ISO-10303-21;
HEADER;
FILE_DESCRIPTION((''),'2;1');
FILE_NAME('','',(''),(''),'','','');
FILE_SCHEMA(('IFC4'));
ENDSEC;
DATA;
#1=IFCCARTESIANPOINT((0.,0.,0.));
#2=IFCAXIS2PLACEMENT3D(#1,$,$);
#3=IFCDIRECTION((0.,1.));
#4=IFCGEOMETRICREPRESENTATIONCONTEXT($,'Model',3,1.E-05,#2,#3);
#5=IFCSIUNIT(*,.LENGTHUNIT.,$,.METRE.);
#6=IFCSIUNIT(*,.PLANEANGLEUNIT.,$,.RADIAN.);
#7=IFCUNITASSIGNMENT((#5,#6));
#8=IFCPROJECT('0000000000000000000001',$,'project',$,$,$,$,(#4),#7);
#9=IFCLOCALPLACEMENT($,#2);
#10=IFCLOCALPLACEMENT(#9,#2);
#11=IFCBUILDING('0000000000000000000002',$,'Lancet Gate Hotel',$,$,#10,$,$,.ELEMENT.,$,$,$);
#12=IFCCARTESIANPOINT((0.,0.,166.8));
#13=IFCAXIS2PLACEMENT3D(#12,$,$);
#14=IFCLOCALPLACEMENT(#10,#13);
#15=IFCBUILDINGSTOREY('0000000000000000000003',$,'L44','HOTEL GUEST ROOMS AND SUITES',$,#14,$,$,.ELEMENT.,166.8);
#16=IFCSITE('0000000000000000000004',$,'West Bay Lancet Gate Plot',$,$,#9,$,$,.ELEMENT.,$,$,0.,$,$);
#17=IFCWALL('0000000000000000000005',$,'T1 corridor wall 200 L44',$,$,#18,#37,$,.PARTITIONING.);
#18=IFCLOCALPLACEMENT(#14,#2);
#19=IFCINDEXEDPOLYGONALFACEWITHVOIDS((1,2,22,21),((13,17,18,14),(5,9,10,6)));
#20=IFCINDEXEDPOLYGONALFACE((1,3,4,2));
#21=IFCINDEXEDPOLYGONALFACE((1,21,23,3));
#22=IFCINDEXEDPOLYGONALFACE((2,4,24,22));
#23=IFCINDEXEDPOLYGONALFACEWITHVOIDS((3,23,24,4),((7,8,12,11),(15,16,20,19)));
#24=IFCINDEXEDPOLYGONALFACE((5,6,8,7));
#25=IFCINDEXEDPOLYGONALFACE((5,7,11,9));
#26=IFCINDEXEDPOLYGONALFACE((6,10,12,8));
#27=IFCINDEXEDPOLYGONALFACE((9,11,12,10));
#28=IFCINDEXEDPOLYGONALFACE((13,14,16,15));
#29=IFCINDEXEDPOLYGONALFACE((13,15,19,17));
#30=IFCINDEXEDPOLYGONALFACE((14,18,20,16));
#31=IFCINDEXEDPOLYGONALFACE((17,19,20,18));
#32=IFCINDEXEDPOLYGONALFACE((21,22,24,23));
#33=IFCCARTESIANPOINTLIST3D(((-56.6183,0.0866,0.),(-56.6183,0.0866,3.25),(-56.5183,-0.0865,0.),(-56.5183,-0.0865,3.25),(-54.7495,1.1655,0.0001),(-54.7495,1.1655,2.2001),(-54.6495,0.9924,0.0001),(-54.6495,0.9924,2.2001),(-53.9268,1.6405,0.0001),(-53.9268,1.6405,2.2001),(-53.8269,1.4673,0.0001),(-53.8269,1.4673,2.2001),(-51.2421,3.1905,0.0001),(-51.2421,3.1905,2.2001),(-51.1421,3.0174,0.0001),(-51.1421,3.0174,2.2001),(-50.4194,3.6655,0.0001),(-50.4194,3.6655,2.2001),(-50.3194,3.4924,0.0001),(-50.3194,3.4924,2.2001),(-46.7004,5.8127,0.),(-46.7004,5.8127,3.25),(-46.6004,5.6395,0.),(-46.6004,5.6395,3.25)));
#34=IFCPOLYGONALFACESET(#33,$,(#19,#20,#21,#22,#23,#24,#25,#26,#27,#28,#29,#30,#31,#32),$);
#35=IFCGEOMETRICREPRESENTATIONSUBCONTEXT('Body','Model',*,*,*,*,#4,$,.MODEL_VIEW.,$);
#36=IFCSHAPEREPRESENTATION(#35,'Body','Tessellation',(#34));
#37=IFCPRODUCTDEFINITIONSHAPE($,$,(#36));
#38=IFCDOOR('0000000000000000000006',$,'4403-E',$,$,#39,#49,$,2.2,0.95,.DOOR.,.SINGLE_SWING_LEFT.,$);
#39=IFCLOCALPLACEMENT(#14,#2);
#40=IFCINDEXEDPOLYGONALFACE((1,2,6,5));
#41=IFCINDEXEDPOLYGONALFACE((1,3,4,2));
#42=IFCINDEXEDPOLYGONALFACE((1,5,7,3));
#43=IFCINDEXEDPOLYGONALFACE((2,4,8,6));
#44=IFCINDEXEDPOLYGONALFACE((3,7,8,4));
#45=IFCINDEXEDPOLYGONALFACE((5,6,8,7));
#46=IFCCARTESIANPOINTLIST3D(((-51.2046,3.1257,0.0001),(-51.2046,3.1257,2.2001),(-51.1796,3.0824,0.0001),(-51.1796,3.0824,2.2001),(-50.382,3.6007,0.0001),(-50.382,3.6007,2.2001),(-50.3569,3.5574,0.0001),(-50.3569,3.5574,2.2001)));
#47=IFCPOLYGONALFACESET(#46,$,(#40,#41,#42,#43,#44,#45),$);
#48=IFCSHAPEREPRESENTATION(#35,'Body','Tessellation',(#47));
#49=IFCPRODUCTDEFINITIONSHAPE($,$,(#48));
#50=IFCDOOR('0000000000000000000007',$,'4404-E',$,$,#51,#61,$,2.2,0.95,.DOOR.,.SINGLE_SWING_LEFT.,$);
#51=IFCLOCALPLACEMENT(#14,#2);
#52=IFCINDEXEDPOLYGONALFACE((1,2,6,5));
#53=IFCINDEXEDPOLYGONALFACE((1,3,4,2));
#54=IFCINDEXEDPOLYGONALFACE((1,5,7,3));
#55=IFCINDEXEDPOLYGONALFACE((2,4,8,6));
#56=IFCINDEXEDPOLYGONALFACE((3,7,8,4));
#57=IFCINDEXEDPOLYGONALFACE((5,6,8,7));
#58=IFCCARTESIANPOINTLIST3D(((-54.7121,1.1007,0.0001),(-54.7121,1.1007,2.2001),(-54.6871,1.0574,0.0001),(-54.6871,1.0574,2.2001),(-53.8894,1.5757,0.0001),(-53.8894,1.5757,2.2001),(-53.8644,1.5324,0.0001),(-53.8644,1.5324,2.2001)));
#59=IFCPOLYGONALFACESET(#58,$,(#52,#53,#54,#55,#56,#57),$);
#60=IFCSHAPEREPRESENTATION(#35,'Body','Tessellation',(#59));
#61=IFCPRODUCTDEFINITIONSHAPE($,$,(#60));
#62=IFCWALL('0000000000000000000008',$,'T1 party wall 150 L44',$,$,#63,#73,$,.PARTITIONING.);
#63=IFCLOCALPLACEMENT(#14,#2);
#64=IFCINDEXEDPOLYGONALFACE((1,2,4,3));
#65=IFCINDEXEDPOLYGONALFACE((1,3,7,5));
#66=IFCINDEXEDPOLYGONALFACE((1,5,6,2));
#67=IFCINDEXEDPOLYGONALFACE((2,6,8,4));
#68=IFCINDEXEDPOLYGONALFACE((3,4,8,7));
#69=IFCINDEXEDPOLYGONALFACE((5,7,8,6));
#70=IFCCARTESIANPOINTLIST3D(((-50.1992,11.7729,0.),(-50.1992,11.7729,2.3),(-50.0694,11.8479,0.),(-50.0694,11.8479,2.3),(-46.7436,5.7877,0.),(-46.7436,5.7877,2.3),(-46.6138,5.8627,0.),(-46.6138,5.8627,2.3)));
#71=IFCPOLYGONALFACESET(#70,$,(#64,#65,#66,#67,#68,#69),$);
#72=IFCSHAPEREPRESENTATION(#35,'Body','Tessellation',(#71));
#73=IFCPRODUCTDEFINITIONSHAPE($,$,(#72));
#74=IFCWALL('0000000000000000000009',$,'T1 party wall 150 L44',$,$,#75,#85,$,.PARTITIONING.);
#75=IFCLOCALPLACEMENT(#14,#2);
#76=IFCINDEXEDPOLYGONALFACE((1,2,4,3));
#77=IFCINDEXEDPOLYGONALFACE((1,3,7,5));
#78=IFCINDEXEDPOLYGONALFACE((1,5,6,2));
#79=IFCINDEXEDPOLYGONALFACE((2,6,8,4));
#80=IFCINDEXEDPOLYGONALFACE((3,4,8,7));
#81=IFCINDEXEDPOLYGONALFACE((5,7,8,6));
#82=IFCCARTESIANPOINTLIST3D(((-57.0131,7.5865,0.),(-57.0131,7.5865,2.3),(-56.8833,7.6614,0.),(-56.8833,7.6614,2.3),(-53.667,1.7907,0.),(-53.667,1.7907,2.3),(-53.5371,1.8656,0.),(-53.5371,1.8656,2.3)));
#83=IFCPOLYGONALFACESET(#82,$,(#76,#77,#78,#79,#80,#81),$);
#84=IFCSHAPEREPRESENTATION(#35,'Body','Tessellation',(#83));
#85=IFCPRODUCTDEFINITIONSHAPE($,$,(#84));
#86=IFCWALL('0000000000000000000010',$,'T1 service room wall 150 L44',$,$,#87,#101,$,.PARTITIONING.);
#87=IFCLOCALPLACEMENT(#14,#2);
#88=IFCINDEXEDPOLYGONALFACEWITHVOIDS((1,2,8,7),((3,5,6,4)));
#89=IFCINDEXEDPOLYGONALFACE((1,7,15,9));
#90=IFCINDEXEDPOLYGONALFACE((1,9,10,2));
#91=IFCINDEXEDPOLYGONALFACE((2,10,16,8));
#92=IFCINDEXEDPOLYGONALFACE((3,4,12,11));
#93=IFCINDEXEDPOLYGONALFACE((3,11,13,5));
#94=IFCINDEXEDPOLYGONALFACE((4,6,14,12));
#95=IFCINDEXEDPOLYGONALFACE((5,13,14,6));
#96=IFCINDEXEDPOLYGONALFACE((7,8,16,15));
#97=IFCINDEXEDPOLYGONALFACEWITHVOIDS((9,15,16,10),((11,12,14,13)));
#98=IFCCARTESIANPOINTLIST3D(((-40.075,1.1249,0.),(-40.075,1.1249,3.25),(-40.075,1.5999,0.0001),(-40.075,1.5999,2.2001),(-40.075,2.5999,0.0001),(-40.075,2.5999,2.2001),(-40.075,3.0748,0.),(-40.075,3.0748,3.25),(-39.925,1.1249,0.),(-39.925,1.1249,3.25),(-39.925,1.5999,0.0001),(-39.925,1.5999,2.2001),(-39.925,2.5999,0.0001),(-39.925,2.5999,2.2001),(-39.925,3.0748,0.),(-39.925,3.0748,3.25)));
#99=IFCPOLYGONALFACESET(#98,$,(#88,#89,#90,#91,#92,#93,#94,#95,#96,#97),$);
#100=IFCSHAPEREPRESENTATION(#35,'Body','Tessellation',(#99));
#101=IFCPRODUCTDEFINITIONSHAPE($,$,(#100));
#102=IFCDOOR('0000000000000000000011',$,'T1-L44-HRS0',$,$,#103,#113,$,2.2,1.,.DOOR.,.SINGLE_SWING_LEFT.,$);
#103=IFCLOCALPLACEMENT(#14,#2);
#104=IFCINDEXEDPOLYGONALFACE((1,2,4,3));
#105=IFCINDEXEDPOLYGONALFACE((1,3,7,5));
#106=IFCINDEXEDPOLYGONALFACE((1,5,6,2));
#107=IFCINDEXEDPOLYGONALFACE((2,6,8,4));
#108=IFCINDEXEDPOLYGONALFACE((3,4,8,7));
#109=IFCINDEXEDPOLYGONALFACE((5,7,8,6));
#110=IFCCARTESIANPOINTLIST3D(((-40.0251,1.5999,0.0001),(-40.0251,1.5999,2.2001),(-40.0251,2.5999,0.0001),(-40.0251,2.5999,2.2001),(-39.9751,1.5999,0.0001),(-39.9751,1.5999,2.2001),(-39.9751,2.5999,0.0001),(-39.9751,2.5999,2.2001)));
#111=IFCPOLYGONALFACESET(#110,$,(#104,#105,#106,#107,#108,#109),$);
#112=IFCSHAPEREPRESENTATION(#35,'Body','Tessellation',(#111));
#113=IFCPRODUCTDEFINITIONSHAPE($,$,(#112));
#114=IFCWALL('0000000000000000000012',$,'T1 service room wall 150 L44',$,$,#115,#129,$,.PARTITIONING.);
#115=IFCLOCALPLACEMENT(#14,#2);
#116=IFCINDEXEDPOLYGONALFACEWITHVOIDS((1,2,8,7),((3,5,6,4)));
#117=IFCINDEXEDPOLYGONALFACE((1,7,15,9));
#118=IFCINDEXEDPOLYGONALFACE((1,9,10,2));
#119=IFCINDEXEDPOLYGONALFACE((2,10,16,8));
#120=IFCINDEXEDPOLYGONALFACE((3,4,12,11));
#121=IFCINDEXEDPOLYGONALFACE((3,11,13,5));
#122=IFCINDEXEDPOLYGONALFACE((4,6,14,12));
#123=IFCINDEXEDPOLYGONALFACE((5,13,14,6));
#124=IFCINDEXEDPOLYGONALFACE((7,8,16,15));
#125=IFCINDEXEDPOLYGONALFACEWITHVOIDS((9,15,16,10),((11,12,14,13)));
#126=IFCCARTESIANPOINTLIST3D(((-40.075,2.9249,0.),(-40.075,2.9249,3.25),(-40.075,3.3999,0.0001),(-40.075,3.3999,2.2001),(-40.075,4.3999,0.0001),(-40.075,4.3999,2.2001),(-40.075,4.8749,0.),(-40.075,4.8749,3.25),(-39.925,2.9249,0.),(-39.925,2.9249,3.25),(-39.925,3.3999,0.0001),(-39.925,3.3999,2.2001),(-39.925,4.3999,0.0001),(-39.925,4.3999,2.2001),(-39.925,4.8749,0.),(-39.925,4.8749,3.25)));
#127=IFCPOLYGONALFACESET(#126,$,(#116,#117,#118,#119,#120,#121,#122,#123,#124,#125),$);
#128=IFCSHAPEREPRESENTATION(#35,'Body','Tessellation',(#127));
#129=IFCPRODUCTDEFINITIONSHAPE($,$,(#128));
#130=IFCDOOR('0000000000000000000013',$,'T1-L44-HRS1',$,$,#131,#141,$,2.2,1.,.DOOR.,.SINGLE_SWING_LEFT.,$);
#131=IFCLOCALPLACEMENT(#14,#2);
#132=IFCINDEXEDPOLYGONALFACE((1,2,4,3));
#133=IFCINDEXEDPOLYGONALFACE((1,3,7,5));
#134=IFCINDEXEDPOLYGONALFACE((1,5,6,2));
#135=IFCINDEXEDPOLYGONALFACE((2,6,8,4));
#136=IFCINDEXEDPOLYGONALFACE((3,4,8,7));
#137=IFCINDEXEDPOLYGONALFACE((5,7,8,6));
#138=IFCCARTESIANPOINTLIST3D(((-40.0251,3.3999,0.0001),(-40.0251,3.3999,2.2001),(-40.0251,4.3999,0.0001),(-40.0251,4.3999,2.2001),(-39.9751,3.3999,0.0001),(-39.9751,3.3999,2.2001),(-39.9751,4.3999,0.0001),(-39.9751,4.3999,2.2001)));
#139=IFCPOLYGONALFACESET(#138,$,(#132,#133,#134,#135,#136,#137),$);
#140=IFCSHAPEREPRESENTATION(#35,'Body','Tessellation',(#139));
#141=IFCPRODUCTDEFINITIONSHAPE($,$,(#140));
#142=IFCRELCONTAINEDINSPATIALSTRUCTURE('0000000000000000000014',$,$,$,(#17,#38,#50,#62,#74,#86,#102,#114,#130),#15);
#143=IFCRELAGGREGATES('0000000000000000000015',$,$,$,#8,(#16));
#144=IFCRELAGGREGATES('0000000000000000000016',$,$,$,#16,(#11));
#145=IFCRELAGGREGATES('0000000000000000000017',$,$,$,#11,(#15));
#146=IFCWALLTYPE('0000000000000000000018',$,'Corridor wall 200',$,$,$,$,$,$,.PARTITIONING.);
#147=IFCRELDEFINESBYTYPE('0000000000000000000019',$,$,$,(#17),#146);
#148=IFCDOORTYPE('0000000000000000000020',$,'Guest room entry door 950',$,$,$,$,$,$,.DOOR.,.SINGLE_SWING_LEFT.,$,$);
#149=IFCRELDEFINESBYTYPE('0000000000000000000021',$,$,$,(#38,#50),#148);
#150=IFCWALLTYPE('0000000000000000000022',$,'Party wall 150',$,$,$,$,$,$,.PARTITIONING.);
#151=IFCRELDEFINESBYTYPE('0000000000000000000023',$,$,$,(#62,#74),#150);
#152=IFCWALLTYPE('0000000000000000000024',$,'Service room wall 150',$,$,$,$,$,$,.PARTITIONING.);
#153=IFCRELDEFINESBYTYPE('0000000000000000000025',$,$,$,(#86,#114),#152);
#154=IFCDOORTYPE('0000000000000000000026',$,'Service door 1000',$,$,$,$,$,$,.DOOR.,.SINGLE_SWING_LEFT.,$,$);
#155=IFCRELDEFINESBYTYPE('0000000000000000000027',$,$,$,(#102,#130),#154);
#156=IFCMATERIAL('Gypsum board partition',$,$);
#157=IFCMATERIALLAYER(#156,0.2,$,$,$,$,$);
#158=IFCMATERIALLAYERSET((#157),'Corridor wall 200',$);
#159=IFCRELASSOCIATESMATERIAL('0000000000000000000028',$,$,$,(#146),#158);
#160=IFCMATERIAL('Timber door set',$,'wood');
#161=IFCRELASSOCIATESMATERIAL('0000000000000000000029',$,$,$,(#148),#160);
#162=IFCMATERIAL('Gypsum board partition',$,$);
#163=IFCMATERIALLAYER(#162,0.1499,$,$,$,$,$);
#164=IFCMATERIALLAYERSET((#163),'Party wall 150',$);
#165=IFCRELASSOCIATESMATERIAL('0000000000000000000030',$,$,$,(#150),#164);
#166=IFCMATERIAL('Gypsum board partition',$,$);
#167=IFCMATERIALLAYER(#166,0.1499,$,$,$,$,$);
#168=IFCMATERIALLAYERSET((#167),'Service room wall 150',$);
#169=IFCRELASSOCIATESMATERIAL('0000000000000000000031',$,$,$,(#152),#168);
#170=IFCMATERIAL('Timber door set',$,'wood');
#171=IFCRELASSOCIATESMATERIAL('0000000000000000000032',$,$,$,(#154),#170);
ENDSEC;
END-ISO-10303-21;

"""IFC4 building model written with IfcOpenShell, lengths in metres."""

from ifc_helpers import new_model, si_unit, direction, frame, frame_2d, origin, place, context, subcontext, project, spatial, rectangle, extrude, material, layer, layer_set, type_object, element, fill, save


model = new_model("IFC4")

# Units and contexts
model_context = context("Model", 3, precision=1e-05, world=origin(), true_north=direction((0.0, 1.0)))
body_context = subcontext(model_context, "Body", "Model", "MODEL_VIEW")
ifc_project = project(units=[si_unit("LENGTHUNIT", "METRE"), si_unit("PLANEANGLEUNIT", "RADIAN")], contexts=[model_context])

# Site, building, storey
site_placement = place(None, origin())
site = spatial("IfcSite", under=ifc_project, at=site_placement, Name="West Bay Lancet Gate Plot", CompositionType="ELEMENT", RefElevation=0.0)
building_placement = place(site_placement, origin())
building = spatial("IfcBuilding", under=site, at=building_placement, Name="Lancet Gate Hotel", CompositionType="ELEMENT")
storey_placement = place(building_placement, frame((0.0, 0.0, 166.8)))
storey = spatial("IfcBuildingStorey", under=building, at=storey_placement, Name="L44", Description="HOTEL GUEST ROOMS AND SUITES", CompositionType="ELEMENT", Elevation=166.8)

# Wall, openings, doors
ifc_material_1 = material(Name="Gypsum board partition")
ifc_layer_1 = layer(ifc_material_1, 0.2)
ifc_layer_set_1 = layer_set([ifc_layer_1], Name="Corridor wall 200")
wall_type_1 = type_object("IfcWallType", Name="Corridor wall 200", PredefinedType="PARTITIONING", material=ifc_layer_set_1)
wall_1_placement = place(storey_placement, frame((-46.6504, 5.7261, 0.0), z_axis=(0.0, 0.0, 1.0), x_axis=(-0.866028, -0.499996, 0.0)))
wall_1 = element("IfcWall", 1, at=wall_1_placement, inside=storey, type_object=wall_type_1, Name="T1 corridor wall 200 L44", PredefinedType="PARTITIONING", context=body_context, shape_type="SweptSolid", body=[
    extrude(rectangle(XDim=11.4521, YDim=0.2, at=frame_2d((5.7261, 0.0))), origin(), (0.0, 0.0, 1.0), 3.25),
])
opening_1_placement = place(wall_1_placement, frame((4.2942, 0.0, 0.0)))
opening_1 = element("IfcOpeningElement", 2, at=opening_1_placement, cuts=wall_1, PredefinedType="OPENING", context=body_context, shape_type="SweptSolid", body=[
    extrude(rectangle(XDim=0.95, YDim=2.2, at=frame_2d((0.4751, 1.1001))), frame((0.0, 0.1099, 0.0), z_axis=(0.0, -1.0, 0.0), x_axis=(1.0, 0.0, 0.0)), (0.0, 0.0, 1.0), 0.22),
])
opening_2_placement = place(wall_1_placement, frame((8.3442, 0.0, 0.0)))
opening_2 = element("IfcOpeningElement", 3, at=opening_2_placement, cuts=wall_1, PredefinedType="OPENING", context=body_context, shape_type="SweptSolid", body=[
    extrude(rectangle(XDim=0.95, YDim=2.2, at=frame_2d((0.4751, 1.1001))), frame((0.0, 0.1099, 0.0), z_axis=(0.0, -1.0, 0.0), x_axis=(1.0, 0.0, 0.0)), (0.0, 0.0, 1.0), 0.22),
])
ifc_material_2 = material(Name="Timber door set", Category="wood")
door_type_1 = type_object("IfcDoorType", Name="Guest room entry door 950", OperationType="SINGLE_SWING_LEFT", PredefinedType="DOOR", material=ifc_material_2)
door_1_placement = place(opening_1_placement, origin())
door_1 = element("IfcDoor", 4, at=door_1_placement, inside=storey, type_object=door_type_1, Name="4403-E", OperationType="SINGLE_SWING_LEFT", OverallHeight=2.2, OverallWidth=0.95, PredefinedType="DOOR", context=body_context, shape_type="SweptSolid", body=[
    extrude(rectangle(XDim=0.95, YDim=2.2, at=frame_2d((0.4751, 1.1001))), frame((0.0, 0.0249, 0.0), z_axis=(0.0, -1.0, 0.0), x_axis=(1.0, 0.0, 0.0)), (0.0, 0.0, 1.0), 0.05),
])
fill(opening_1, door_1)
door_2_placement = place(opening_2_placement, origin())
door_2 = element("IfcDoor", 5, at=door_2_placement, inside=storey, type_object=door_type_1, Name="4404-E", OperationType="SINGLE_SWING_LEFT", OverallHeight=2.2, OverallWidth=0.95, PredefinedType="DOOR", context=body_context, shape_type="SweptSolid", body=[
    extrude(rectangle(XDim=0.95, YDim=2.2, at=frame_2d((0.4751, 1.1001))), frame((0.0, 0.0249, 0.0), z_axis=(0.0, -1.0, 0.0), x_axis=(1.0, 0.0, 0.0)), (0.0, 0.0, 1.0), 0.05),
])
fill(opening_2, door_2)

# Walls
ifc_material_3 = material(Name="Gypsum board partition")
ifc_layer_2 = layer(ifc_material_3, 0.1499)
ifc_layer_set_2 = layer_set([ifc_layer_2], Name="Party wall 150")
wall_type_2 = type_object("IfcWallType", Name="Party wall 150", PredefinedType="PARTITIONING", material=ifc_layer_set_2)
wall_2_placement = place(storey_placement, frame((-46.6787, 5.8252, 0.0), z_axis=(0.0, 0.0, 1.0), x_axis=(-0.500007, 0.866021, 0.0)))
element("IfcWall", 6, at=wall_2_placement, inside=storey, type_object=wall_type_2, Name="T1 party wall 150 L44", PredefinedType="PARTITIONING", context=body_context, shape_type="SweptSolid", body=[
    extrude(rectangle(XDim=6.9111, YDim=0.1499, at=frame_2d((3.4556, 0.0))), origin(), (0.0, 0.0, 1.0), 2.3),
])
wall_3_placement = place(storey_placement, frame((-53.6021, 1.8281, 0.0), z_axis=(0.0, 0.0, 1.0), x_axis=(-0.499992, 0.86603, 0.0)))
element("IfcWall", 7, at=wall_3_placement, inside=storey, type_object=wall_type_2, Name="T1 party wall 150 L44", PredefinedType="PARTITIONING", context=body_context, shape_type="SweptSolid", body=[
    extrude(rectangle(XDim=6.6924, YDim=0.1499, at=frame_2d((3.3462, 0.0))), origin(), (0.0, 0.0, 1.0), 2.3),
])

# Walls, openings, doors
ifc_material_4 = material(Name="Gypsum board partition")
ifc_layer_3 = layer(ifc_material_4, 0.1499)
ifc_layer_set_3 = layer_set([ifc_layer_3], Name="Service room wall 150")
wall_type_3 = type_object("IfcWallType", Name="Service room wall 150", PredefinedType="PARTITIONING", material=ifc_layer_set_3)
wall_4_placement = place(storey_placement, frame((-40.0, 3.075, 0.0), z_axis=(0.0, 0.0, 1.0), x_axis=(0.0, -1.0, 0.0)))
wall_4 = element("IfcWall", 8, at=wall_4_placement, inside=storey, type_object=wall_type_3, Name="T1 service room wall 150 L44", PredefinedType="PARTITIONING", context=body_context, shape_type="SweptSolid", body=[
    extrude(rectangle(XDim=1.95, YDim=0.1499, at=frame_2d((0.9751, 0.0))), origin(), (0.0, 0.0, 1.0), 3.25),
])
opening_3_placement = place(wall_4_placement, frame((0.4751, 0.0, 0.0)))
opening_3 = element("IfcOpeningElement", 9, at=opening_3_placement, cuts=wall_4, PredefinedType="OPENING", context=body_context, shape_type="SweptSolid", body=[
    extrude(rectangle(XDim=1.0, YDim=2.2, at=frame_2d((0.5, 1.1001))), frame((0.0, 0.085, 0.0), z_axis=(0.0, -1.0, 0.0), x_axis=(1.0, 0.0, 0.0)), (0.0, 0.0, 1.0), 0.1699),
])
ifc_material_5 = material(Name="Timber door set", Category="wood")
door_type_2 = type_object("IfcDoorType", Name="Service door 1000", OperationType="SINGLE_SWING_LEFT", PredefinedType="DOOR", material=ifc_material_5)
door_3_placement = place(opening_3_placement, origin())
door_3 = element("IfcDoor", 10, at=door_3_placement, inside=storey, type_object=door_type_2, Name="T1-L44-HRS0", OperationType="SINGLE_SWING_LEFT", OverallHeight=2.2, OverallWidth=1.0, PredefinedType="DOOR", context=body_context, shape_type="SweptSolid", body=[
    extrude(rectangle(XDim=1.0, YDim=2.2, at=frame_2d((0.5, 1.1001))), frame((0.0, 0.0249, 0.0), z_axis=(0.0, -1.0, 0.0), x_axis=(1.0, 0.0, 0.0)), (0.0, 0.0, 1.0), 0.05),
])
fill(opening_3, door_3)
wall_5_placement = place(storey_placement, frame((-40.0, 4.875, 0.0), z_axis=(0.0, 0.0, 1.0), x_axis=(0.0, -1.0, 0.0)))
wall_5 = element("IfcWall", 11, at=wall_5_placement, inside=storey, type_object=wall_type_3, Name="T1 service room wall 150 L44", PredefinedType="PARTITIONING", context=body_context, shape_type="SweptSolid", body=[
    extrude(rectangle(XDim=1.95, YDim=0.1499, at=frame_2d((0.9751, 0.0))), origin(), (0.0, 0.0, 1.0), 3.25),
])
opening_4_placement = place(wall_5_placement, frame((0.4751, 0.0, 0.0)))
opening_4 = element("IfcOpeningElement", 12, at=opening_4_placement, cuts=wall_5, PredefinedType="OPENING", context=body_context, shape_type="SweptSolid", body=[
    extrude(rectangle(XDim=1.0, YDim=2.2, at=frame_2d((0.5, 1.1001))), frame((0.0, 0.085, 0.0), z_axis=(0.0, -1.0, 0.0), x_axis=(1.0, 0.0, 0.0)), (0.0, 0.0, 1.0), 0.1699),
])
door_4_placement = place(opening_4_placement, origin())
door_4 = element("IfcDoor", 13, at=door_4_placement, inside=storey, type_object=door_type_2, Name="T1-L44-HRS1", OperationType="SINGLE_SWING_LEFT", OverallHeight=2.2, OverallWidth=1.0, PredefinedType="DOOR", context=body_context, shape_type="SweptSolid", body=[
    extrude(rectangle(XDim=1.0, YDim=2.2, at=frame_2d((0.5, 1.1001))), frame((0.0, 0.0249, 0.0), z_axis=(0.0, -1.0, 0.0), x_axis=(1.0, 0.0, 0.0)), (0.0, 0.0, 1.0), 0.05),
])
fill(opening_4, door_4)

save(model, "model.ifc")
